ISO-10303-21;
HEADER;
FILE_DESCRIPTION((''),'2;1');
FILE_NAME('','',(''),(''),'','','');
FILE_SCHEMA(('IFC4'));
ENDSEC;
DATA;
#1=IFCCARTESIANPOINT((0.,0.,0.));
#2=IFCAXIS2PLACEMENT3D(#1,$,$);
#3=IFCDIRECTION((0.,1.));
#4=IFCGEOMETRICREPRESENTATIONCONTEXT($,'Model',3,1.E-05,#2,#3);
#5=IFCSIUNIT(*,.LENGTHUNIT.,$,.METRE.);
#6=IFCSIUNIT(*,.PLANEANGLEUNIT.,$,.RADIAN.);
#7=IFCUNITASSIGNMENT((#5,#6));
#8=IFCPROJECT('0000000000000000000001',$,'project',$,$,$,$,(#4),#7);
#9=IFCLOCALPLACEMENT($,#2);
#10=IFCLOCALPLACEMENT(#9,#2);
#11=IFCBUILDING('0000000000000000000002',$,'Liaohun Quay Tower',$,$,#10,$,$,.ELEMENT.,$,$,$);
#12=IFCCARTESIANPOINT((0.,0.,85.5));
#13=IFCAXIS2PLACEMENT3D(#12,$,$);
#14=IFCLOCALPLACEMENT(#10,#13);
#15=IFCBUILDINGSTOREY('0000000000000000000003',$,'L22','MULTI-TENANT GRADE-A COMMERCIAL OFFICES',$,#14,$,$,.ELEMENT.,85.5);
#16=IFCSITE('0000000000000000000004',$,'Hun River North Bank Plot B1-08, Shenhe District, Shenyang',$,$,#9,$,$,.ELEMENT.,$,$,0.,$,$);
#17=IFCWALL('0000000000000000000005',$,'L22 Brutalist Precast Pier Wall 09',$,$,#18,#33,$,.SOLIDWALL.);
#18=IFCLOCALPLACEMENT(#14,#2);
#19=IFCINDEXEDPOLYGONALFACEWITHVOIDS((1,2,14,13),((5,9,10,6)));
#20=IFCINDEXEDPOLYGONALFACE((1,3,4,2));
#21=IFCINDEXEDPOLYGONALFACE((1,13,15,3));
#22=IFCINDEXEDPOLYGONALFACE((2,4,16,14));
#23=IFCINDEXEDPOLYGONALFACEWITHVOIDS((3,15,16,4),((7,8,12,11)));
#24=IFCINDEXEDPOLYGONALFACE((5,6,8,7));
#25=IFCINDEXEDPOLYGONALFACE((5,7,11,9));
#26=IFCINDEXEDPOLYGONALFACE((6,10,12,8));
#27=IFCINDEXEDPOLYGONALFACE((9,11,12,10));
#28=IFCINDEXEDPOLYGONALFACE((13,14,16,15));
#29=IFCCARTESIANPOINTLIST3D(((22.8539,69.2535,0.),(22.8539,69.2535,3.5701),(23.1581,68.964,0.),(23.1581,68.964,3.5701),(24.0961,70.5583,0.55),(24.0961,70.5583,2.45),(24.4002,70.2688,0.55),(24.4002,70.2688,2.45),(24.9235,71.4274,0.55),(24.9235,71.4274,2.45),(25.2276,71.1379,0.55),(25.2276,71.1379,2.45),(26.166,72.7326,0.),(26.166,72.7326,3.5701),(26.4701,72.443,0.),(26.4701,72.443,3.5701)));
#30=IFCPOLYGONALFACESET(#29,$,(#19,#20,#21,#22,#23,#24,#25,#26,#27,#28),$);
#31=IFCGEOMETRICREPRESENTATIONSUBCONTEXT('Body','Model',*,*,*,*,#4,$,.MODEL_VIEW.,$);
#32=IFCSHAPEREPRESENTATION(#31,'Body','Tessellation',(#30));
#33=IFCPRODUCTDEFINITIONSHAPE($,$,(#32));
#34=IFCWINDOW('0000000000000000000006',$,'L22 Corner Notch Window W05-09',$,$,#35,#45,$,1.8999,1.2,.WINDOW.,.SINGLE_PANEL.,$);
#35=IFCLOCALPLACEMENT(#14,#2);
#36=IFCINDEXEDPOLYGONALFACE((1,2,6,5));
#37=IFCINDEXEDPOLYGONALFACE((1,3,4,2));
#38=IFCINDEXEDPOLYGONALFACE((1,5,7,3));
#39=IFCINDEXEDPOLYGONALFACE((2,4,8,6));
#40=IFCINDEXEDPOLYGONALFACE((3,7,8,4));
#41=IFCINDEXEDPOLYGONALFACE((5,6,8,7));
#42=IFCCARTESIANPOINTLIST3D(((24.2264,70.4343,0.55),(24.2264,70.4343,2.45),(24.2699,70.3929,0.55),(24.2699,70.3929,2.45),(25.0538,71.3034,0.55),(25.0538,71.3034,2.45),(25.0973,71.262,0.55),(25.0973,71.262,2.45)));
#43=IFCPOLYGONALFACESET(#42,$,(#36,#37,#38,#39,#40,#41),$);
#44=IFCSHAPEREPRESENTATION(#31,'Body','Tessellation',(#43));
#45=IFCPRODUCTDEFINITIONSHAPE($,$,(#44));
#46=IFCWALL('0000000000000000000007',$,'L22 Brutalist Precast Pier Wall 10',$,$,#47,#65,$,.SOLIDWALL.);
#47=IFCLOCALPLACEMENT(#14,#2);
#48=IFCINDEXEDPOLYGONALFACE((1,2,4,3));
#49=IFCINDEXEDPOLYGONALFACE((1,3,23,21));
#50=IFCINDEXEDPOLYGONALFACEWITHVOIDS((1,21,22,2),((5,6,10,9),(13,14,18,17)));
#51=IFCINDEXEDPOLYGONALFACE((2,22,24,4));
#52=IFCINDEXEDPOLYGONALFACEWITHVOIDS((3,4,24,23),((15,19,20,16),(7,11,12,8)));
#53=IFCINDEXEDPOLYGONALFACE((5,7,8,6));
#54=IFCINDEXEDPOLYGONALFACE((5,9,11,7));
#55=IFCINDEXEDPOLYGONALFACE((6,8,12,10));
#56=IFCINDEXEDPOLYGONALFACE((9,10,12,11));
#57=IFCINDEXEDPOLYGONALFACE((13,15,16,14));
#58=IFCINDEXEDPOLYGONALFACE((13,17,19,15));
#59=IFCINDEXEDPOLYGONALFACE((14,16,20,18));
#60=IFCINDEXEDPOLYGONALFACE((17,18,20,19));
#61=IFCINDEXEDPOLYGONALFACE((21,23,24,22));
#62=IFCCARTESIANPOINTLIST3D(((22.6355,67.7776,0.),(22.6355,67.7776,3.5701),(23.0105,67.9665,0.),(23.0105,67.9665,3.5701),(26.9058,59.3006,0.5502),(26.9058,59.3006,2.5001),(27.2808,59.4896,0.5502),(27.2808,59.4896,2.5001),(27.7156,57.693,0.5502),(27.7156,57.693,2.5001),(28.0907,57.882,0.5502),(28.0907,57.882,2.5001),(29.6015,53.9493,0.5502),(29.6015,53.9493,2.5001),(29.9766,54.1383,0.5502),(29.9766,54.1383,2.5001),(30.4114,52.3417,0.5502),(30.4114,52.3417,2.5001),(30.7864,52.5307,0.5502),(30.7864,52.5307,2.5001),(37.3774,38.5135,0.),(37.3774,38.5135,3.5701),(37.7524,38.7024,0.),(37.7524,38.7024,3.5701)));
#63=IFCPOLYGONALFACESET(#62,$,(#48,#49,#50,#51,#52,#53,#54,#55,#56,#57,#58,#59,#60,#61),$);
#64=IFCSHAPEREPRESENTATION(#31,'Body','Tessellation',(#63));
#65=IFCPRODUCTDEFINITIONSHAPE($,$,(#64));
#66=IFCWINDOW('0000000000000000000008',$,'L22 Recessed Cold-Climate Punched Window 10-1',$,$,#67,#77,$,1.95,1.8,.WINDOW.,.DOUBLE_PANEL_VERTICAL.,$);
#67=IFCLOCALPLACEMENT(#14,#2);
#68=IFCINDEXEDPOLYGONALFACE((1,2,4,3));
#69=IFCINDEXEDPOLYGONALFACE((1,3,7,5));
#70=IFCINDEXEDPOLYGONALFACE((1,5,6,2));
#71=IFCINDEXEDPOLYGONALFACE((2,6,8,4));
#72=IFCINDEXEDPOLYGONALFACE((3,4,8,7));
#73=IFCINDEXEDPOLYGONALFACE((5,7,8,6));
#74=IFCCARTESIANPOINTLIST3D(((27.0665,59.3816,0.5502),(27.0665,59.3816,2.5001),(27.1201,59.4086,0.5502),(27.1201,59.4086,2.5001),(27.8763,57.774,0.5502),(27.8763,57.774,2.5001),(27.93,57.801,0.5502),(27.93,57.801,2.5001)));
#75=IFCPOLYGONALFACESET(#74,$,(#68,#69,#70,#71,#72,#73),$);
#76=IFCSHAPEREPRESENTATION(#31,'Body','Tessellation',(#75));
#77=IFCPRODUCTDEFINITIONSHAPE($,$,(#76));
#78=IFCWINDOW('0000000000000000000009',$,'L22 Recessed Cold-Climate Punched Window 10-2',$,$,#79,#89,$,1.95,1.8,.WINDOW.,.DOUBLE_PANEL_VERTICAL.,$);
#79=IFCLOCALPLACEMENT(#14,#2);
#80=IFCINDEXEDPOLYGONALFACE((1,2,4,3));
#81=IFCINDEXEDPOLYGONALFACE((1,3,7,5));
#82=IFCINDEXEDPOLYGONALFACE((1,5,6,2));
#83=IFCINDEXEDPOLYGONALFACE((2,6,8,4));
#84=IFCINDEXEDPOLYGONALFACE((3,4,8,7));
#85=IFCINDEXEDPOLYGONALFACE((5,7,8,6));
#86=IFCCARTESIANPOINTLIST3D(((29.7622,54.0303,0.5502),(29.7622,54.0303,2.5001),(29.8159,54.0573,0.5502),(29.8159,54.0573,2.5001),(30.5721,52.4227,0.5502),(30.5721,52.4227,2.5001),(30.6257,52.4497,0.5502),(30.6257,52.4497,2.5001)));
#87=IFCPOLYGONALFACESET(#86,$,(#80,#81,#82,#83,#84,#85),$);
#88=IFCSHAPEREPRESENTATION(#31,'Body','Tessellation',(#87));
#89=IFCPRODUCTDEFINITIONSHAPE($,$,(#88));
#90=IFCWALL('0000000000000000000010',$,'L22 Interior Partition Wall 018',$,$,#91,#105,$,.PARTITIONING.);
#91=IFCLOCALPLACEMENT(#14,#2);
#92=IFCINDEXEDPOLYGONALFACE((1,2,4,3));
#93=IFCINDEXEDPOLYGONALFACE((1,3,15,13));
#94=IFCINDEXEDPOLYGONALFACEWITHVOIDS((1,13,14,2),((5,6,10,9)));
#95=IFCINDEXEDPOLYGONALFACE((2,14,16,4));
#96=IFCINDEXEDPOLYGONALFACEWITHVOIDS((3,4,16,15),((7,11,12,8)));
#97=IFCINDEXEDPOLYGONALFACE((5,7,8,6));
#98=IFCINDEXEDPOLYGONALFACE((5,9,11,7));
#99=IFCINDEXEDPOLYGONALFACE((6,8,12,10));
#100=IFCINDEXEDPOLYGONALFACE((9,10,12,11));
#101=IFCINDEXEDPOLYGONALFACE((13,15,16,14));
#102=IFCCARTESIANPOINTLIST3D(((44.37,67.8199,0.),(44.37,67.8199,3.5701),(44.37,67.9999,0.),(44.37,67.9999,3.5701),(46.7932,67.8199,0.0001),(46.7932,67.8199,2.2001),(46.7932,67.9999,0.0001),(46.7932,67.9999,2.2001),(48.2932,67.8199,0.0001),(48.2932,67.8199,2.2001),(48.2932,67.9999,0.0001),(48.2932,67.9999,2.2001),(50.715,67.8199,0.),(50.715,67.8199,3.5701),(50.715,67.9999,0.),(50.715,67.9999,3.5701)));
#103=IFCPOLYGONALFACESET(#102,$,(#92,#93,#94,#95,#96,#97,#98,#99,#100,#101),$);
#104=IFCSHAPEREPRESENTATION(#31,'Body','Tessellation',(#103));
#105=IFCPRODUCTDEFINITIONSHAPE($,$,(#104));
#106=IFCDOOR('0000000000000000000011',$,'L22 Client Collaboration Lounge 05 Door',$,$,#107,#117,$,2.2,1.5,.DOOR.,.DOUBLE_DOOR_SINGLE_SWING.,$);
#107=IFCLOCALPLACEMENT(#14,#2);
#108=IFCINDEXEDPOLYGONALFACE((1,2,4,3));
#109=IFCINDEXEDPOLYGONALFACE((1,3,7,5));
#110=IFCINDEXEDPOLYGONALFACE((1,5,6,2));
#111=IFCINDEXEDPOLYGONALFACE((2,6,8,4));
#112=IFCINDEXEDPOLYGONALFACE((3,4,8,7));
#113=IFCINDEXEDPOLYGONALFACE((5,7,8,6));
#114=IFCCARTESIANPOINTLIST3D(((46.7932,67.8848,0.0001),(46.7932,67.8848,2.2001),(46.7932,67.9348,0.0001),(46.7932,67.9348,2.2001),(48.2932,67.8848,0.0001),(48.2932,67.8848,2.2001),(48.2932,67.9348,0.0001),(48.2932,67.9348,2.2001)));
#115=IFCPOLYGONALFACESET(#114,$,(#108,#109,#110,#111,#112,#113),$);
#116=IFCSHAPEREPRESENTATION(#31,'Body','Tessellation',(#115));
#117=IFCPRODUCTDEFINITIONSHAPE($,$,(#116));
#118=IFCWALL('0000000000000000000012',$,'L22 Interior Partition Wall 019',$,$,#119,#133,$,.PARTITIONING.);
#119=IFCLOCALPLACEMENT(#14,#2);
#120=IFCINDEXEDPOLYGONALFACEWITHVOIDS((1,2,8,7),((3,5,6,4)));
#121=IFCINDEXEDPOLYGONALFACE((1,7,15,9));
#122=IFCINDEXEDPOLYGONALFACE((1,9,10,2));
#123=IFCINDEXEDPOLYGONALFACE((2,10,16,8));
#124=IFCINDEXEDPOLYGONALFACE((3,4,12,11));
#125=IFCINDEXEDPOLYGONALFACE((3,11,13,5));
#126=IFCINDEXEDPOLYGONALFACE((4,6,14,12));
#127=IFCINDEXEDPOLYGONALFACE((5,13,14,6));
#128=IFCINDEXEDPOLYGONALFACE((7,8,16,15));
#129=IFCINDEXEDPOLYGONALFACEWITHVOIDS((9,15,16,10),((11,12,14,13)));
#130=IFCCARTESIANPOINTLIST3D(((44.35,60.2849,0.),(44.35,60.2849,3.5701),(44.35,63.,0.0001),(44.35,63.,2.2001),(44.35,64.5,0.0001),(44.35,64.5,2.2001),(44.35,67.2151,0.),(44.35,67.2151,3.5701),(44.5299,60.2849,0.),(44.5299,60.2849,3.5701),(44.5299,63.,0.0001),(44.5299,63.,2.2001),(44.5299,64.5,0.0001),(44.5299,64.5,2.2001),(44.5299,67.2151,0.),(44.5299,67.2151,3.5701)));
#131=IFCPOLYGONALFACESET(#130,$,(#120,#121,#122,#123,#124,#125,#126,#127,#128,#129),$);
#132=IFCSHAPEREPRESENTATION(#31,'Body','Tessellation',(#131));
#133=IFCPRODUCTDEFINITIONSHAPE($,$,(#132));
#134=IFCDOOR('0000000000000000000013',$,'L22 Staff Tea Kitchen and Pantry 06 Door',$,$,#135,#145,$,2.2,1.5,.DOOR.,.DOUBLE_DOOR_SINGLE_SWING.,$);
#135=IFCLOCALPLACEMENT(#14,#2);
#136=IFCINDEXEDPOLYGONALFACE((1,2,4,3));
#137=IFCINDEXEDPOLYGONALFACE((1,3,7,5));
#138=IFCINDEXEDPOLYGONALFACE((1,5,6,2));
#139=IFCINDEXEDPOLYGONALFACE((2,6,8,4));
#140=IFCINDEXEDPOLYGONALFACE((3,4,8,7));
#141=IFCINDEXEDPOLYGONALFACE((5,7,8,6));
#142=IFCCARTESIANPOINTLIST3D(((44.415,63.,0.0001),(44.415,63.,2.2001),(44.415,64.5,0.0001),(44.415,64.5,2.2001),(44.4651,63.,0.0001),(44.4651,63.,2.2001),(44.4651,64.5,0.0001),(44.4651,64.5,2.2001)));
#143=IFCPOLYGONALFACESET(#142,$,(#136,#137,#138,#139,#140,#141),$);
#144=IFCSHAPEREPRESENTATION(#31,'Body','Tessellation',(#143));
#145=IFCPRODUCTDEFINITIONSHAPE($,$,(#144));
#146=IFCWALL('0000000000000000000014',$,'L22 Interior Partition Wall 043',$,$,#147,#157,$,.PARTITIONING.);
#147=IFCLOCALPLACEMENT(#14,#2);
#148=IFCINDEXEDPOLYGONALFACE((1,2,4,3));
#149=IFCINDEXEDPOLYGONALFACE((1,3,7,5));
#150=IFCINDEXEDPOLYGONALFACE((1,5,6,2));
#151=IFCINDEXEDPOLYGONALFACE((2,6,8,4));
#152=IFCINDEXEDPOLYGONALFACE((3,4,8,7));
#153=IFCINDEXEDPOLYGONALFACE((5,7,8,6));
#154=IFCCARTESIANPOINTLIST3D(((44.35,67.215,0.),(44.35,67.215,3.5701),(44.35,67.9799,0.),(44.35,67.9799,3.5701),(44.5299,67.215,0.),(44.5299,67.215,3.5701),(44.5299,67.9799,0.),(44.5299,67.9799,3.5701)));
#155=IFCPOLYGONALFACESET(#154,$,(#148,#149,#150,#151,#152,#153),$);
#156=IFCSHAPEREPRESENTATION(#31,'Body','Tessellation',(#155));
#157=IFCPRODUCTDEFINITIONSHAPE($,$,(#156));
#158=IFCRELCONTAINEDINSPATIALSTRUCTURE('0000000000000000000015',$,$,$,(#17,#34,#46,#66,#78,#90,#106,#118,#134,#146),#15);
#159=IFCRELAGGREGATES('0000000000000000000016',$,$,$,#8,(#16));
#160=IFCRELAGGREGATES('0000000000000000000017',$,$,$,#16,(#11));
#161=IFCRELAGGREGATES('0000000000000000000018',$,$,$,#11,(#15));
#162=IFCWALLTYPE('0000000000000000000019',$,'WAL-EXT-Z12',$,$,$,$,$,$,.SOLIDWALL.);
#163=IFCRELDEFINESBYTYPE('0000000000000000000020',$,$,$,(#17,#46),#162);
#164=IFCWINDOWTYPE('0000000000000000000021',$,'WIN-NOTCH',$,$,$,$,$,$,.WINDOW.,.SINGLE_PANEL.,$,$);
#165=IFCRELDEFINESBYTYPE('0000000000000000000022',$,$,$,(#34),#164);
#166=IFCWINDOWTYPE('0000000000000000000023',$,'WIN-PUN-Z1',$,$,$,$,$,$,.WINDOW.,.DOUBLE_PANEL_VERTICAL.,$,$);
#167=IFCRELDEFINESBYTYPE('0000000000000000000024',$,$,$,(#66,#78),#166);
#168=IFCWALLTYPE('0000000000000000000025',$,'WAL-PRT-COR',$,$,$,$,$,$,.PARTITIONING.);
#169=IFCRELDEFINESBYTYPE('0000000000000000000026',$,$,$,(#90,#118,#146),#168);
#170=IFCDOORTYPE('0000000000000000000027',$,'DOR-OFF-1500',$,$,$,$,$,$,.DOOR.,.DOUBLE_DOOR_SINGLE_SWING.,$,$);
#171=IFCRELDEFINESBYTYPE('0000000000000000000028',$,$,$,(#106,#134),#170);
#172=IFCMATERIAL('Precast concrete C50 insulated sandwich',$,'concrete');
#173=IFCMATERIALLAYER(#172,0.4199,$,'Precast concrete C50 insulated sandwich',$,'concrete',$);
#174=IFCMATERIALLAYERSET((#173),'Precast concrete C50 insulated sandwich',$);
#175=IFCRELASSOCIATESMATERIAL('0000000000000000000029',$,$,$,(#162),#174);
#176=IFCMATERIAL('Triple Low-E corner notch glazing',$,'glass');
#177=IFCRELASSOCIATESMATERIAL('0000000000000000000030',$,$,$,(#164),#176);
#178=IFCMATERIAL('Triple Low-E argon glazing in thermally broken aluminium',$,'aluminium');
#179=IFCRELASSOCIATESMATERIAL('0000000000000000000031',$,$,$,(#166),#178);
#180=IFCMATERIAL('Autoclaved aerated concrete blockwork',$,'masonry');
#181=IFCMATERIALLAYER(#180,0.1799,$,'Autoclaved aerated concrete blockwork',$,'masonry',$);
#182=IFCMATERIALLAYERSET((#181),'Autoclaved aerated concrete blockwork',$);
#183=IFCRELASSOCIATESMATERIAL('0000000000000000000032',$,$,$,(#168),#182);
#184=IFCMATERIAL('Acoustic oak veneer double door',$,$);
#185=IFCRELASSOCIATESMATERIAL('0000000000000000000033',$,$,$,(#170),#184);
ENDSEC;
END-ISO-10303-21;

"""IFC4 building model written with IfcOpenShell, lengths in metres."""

from ifc_helpers import new_model, si_unit, direction, frame, frame_2d, origin, place, context, subcontext, project, spatial, rectangle, extrude, source, transform, mapped, material, layer, layer_set, type_object, element, fill, save


model = new_model("IFC4")

# Units and contexts
model_context = context("Model", 3, precision=1e-05, world=origin(), true_north=direction((0.0, 1.0)))
body_context = subcontext(model_context, "Body", "Model", "MODEL_VIEW")
ifc_project = project(units=[si_unit("LENGTHUNIT", "METRE"), si_unit("PLANEANGLEUNIT", "RADIAN")], contexts=[model_context])

# Site, building, storey
site_placement = place(None, origin())
site = spatial("IfcSite", under=ifc_project, at=site_placement, Name="Hun River North Bank Plot B1-08, Shenhe District, Shenyang", CompositionType="ELEMENT", RefElevation=0.0)
building_placement = place(site_placement, origin())
building = spatial("IfcBuilding", under=site, at=building_placement, Name="Liaohun Quay Tower", CompositionType="ELEMENT")
storey_placement = place(building_placement, frame((0.0, 0.0, 85.5)))
storey = spatial("IfcBuildingStorey", under=building, at=storey_placement, Name="L22", Description="MULTI-TENANT GRADE-A COMMERCIAL OFFICES", CompositionType="ELEMENT", Elevation=85.5)

# Wall, opening, window
ifc_material_1 = material(Name="Precast concrete C50 insulated sandwich", Category="concrete")
ifc_layer_1 = layer(ifc_material_1, 0.4199, Name="Precast concrete C50 insulated sandwich", Category="concrete")
ifc_layer_set_1 = layer_set([ifc_layer_1], Name="Precast concrete C50 insulated sandwich")
wall_type_1 = type_object("IfcWallType", Name="WAL-EXT-Z12", PredefinedType="SOLIDWALL", material=ifc_layer_set_1)
shared_shape_1 = source(origin(), body_context, "Body", "SweptSolid", [
    extrude(rectangle(XDim=1.2, YDim=1.8999, at=frame_2d((0.6001, 0.95))), frame((0.0, 0.22, 0.0), z_axis=(0.0, -1.0, 0.0), x_axis=(1.0, 0.0, 0.0)), (0.0, 0.0, 1.0), 0.4399),
])
ifc_material_2 = material(Name="Triple Low-E corner notch glazing", Category="glass")
window_type_1 = type_object("IfcWindowType", Name="WIN-NOTCH", PartitioningType="SINGLE_PANEL", PredefinedType="WINDOW", material=ifc_material_2)
shared_shape_2 = source(origin(), body_context, "Body", "SweptSolid", [
    extrude(rectangle(XDim=1.2, YDim=1.8999, at=frame_2d((0.6001, 0.95))), frame((0.0, 0.03, 0.0), z_axis=(0.0, -1.0, 0.0), x_axis=(1.0, 0.0, 0.0)), (0.0, 0.0, 1.0), 0.0601),
])
wall_1_placement = place(storey_placement, frame((26.3181, 72.5879, 0.0), z_axis=(0.0, 0.0, 1.0), x_axis=(-0.68951, -0.724276, 0.0)))
wall_1 = element("IfcWall", 1, at=wall_1_placement, inside=storey, type_object=wall_type_1, Name="L22 Brutalist Precast Pier Wall 09", PredefinedType="SOLIDWALL", context=body_context, shape_type="SweptSolid", body=[
    extrude(rectangle(XDim=4.8035, YDim=0.4199, at=frame_2d((2.4019, 0.0))), origin(), (0.0, 0.0, 1.0), 3.5701),
])
opening_1_placement = place(wall_1_placement, frame((1.802, 0.0, 0.55)))
opening_1 = element("IfcOpeningElement", 2, at=opening_1_placement, cuts=wall_1, PredefinedType="OPENING", context=body_context, shape_type="MappedRepresentation", body=[
    mapped(shared_shape_1, transform((0.0, 0.0, 0.0), x_axis=(1.0, 0.0, 0.0), y_axis=(0.0, 1.0, 0.0), z_axis=(0.0, 0.0, 1.0), scale=1.0)),
])
window_1_placement = place(opening_1_placement, origin())
window_1 = element("IfcWindow", 3, at=window_1_placement, inside=storey, type_object=window_type_1, Name="L22 Corner Notch Window W05-09", OverallHeight=1.8999, OverallWidth=1.2, PartitioningType="SINGLE_PANEL", PredefinedType="WINDOW", context=body_context, shape_type="MappedRepresentation", body=[
    mapped(shared_shape_2, transform((0.0, 0.0, 0.0), x_axis=(1.0, 0.0, 0.0), y_axis=(0.0, 1.0, 0.0), z_axis=(0.0, 0.0, 1.0), scale=1.0)),
])
fill(opening_1, window_1)

# Wall, openings, windows
wall_2_placement = place(storey_placement, frame((22.823, 67.8721, 0.0), z_axis=(0.0, 0.0, 1.0), x_axis=(0.449894, -0.893082, 0.0)))
wall_2 = element("IfcWall", 4, at=wall_2_placement, inside=storey, type_object=wall_type_1, Name="L22 Brutalist Precast Pier Wall 10", PredefinedType="SOLIDWALL", context=body_context, shape_type="SweptSolid", body=[
    extrude(rectangle(XDim=32.7676, YDim=0.4199, at=frame_2d((16.3838, 0.0))), origin(), (0.0, 0.0, 1.0), 3.5701),
])
shared_shape_3 = source(origin(), body_context, "Body", "SweptSolid", [
    extrude(rectangle(XDim=1.8, YDim=1.95, at=frame_2d((0.8999, 0.9751))), frame((0.0, 0.22, 0.0), z_axis=(0.0, -1.0, 0.0), x_axis=(1.0, 0.0, 0.0)), (0.0, 0.0, 1.0), 0.4399),
])
opening_2_placement = place(wall_2_placement, frame((9.4919, 0.0, 0.55)))
opening_2 = element("IfcOpeningElement", 5, at=opening_2_placement, cuts=wall_2, PredefinedType="OPENING", context=body_context, shape_type="MappedRepresentation", body=[
    mapped(shared_shape_3, transform((0.0, 0.0, 0.0), x_axis=(1.0, 0.0, 0.0), y_axis=(0.0, 1.0, 0.0), z_axis=(0.0, 0.0, 1.0), scale=1.0)),
])
opening_3_placement = place(wall_2_placement, frame((15.4839, 0.0, 0.55)))
opening_3 = element("IfcOpeningElement", 6, at=opening_3_placement, cuts=wall_2, PredefinedType="OPENING", context=body_context, shape_type="MappedRepresentation", body=[
    mapped(shared_shape_3, transform((0.0, 0.0, 0.0), x_axis=(1.0, 0.0, 0.0), y_axis=(0.0, 1.0, 0.0), z_axis=(0.0, 0.0, 1.0), scale=1.0)),
])
ifc_material_3 = material(Name="Triple Low-E argon glazing in thermally broken aluminium", Category="aluminium")
window_type_2 = type_object("IfcWindowType", Name="WIN-PUN-Z1", PartitioningType="DOUBLE_PANEL_VERTICAL", PredefinedType="WINDOW", material=ifc_material_3)
shared_shape_4 = source(origin(), body_context, "Body", "SweptSolid", [
    extrude(rectangle(XDim=1.8, YDim=1.95, at=frame_2d((0.8999, 0.9751))), frame((0.0, 0.03, 0.0), z_axis=(0.0, -1.0, 0.0), x_axis=(1.0, 0.0, 0.0)), (0.0, 0.0, 1.0), 0.0601),
])
window_2_placement = place(opening_2_placement, origin())
window_2 = element("IfcWindow", 7, at=window_2_placement, inside=storey, type_object=window_type_2, Name="L22 Recessed Cold-Climate Punched Window 10-1", OverallHeight=1.95, OverallWidth=1.8, PartitioningType="DOUBLE_PANEL_VERTICAL", PredefinedType="WINDOW", context=body_context, shape_type="MappedRepresentation", body=[
    mapped(shared_shape_4, transform((0.0, 0.0, 0.0), x_axis=(1.0, 0.0, 0.0), y_axis=(0.0, 1.0, 0.0), z_axis=(0.0, 0.0, 1.0), scale=1.0)),
])
fill(opening_2, window_2)
window_3_placement = place(opening_3_placement, origin())
window_3 = element("IfcWindow", 8, at=window_3_placement, inside=storey, type_object=window_type_2, Name="L22 Recessed Cold-Climate Punched Window 10-2", OverallHeight=1.95, OverallWidth=1.8, PartitioningType="DOUBLE_PANEL_VERTICAL", PredefinedType="WINDOW", context=body_context, shape_type="MappedRepresentation", body=[
    mapped(shared_shape_4, transform((0.0, 0.0, 0.0), x_axis=(1.0, 0.0, 0.0), y_axis=(0.0, 1.0, 0.0), z_axis=(0.0, 0.0, 1.0), scale=1.0)),
])
fill(opening_3, window_3)

# Walls, openings, doors
ifc_material_4 = material(Name="Autoclaved aerated concrete blockwork", Category="masonry")
ifc_layer_2 = layer(ifc_material_4, 0.1799, Name="Autoclaved aerated concrete blockwork", Category="masonry")
ifc_layer_set_2 = layer_set([ifc_layer_2], Name="Autoclaved aerated concrete blockwork")
wall_type_2 = type_object("IfcWallType", Name="WAL-PRT-COR", PredefinedType="PARTITIONING", material=ifc_layer_set_2)
wall_3_placement = place(storey_placement, frame((44.3701, 67.9099, 0.0), z_axis=(0.0, 0.0, 1.0), x_axis=(1.0, 0.0, 0.0)))
wall_3 = element("IfcWall", 9, at=wall_3_placement, inside=storey, type_object=wall_type_2, Name="L22 Interior Partition Wall 018", PredefinedType="PARTITIONING", context=body_context, shape_type="SweptSolid", body=[
    extrude(rectangle(XDim=6.345, YDim=0.1799, at=frame_2d((3.1724, 0.0))), origin(), (0.0, 0.0, 1.0), 3.5701),
])
shared_shape_5 = source(origin(), body_context, "Body", "SweptSolid", [
    extrude(rectangle(XDim=1.5, YDim=2.2, at=frame_2d((0.75, 1.1001))), frame((0.0, 0.0999, 0.0), z_axis=(0.0, -1.0, 0.0), x_axis=(1.0, 0.0, 0.0)), (0.0, 0.0, 1.0), 0.2),
])
opening_4_placement = place(wall_3_placement, frame((2.4231, 0.0, 0.0)))
opening_4 = element("IfcOpeningElement", 10, at=opening_4_placement, cuts=wall_3, PredefinedType="OPENING", context=body_context, shape_type="MappedRepresentation", body=[
    mapped(shared_shape_5, transform((0.0, 0.0, 0.0), x_axis=(1.0, 0.0, 0.0), y_axis=(0.0, 1.0, 0.0), z_axis=(0.0, 0.0, 1.0), scale=1.0)),
])
ifc_material_5 = material(Name="Acoustic oak veneer double door")
door_type = type_object("IfcDoorType", Name="DOR-OFF-1500", OperationType="DOUBLE_DOOR_SINGLE_SWING", PredefinedType="DOOR", material=ifc_material_5)
shared_shape_6 = source(origin(), body_context, "Body", "SweptSolid", [
    extrude(rectangle(XDim=1.5, YDim=2.2, at=frame_2d((0.75, 1.1001))), frame((0.0, 0.0249, 0.0), z_axis=(0.0, -1.0, 0.0), x_axis=(1.0, 0.0, 0.0)), (0.0, 0.0, 1.0), 0.05),
])
door_1_placement = place(opening_4_placement, origin())
door_1 = element("IfcDoor", 11, at=door_1_placement, inside=storey, type_object=door_type, Name="L22 Client Collaboration Lounge 05 Door", OperationType="DOUBLE_DOOR_SINGLE_SWING", OverallHeight=2.2, OverallWidth=1.5, PredefinedType="DOOR", context=body_context, shape_type="MappedRepresentation", body=[
    mapped(shared_shape_6, transform((0.0, 0.0, 0.0), x_axis=(1.0, 0.0, 0.0), y_axis=(0.0, 1.0, 0.0), z_axis=(0.0, 0.0, 1.0), scale=1.0)),
])
fill(opening_4, door_1)
wall_4_placement = place(storey_placement, frame((44.4399, 60.2849, 0.0), z_axis=(0.0, 0.0, 1.0), x_axis=(0.0, 1.0, 0.0)))
wall_4 = element("IfcWall", 12, at=wall_4_placement, inside=storey, type_object=wall_type_2, Name="L22 Interior Partition Wall 019", PredefinedType="PARTITIONING", context=body_context, shape_type="SweptSolid", body=[
    extrude(rectangle(XDim=6.9302, YDim=0.1799, at=frame_2d((3.4651, 0.0))), origin(), (0.0, 0.0, 1.0), 3.5701),
])
opening_5_placement = place(wall_4_placement, frame((2.7151, 0.0, 0.0)))
opening_5 = element("IfcOpeningElement", 13, at=opening_5_placement, cuts=wall_4, PredefinedType="OPENING", context=body_context, shape_type="MappedRepresentation", body=[
    mapped(shared_shape_5, transform((0.0, 0.0, 0.0), x_axis=(1.0, 0.0, 0.0), y_axis=(0.0, 1.0, 0.0), z_axis=(0.0, 0.0, 1.0), scale=1.0)),
])
door_2_placement = place(opening_5_placement, origin())
door_2 = element("IfcDoor", 14, at=door_2_placement, inside=storey, type_object=door_type, Name="L22 Staff Tea Kitchen and Pantry 06 Door", OperationType="DOUBLE_DOOR_SINGLE_SWING", OverallHeight=2.2, OverallWidth=1.5, PredefinedType="DOOR", context=body_context, shape_type="MappedRepresentation", body=[
    mapped(shared_shape_6, transform((0.0, 0.0, 0.0), x_axis=(1.0, 0.0, 0.0), y_axis=(0.0, 1.0, 0.0), z_axis=(0.0, 0.0, 1.0), scale=1.0)),
])
fill(opening_5, door_2)

# Wall
wall_5_placement = place(storey_placement, frame((44.4399, 67.2151, 0.0), z_axis=(0.0, 0.0, 1.0), x_axis=(0.0, 1.0, 0.0)))
element("IfcWall", 15, at=wall_5_placement, inside=storey, type_object=wall_type_2, Name="L22 Interior Partition Wall 043", PredefinedType="PARTITIONING", context=body_context, shape_type="SweptSolid", body=[
    extrude(rectangle(XDim=0.7649, YDim=0.1799, at=frame_2d((0.3823, 0.0))), origin(), (0.0, 0.0, 1.0), 3.5701),
])

save(model, "model.ifc")
